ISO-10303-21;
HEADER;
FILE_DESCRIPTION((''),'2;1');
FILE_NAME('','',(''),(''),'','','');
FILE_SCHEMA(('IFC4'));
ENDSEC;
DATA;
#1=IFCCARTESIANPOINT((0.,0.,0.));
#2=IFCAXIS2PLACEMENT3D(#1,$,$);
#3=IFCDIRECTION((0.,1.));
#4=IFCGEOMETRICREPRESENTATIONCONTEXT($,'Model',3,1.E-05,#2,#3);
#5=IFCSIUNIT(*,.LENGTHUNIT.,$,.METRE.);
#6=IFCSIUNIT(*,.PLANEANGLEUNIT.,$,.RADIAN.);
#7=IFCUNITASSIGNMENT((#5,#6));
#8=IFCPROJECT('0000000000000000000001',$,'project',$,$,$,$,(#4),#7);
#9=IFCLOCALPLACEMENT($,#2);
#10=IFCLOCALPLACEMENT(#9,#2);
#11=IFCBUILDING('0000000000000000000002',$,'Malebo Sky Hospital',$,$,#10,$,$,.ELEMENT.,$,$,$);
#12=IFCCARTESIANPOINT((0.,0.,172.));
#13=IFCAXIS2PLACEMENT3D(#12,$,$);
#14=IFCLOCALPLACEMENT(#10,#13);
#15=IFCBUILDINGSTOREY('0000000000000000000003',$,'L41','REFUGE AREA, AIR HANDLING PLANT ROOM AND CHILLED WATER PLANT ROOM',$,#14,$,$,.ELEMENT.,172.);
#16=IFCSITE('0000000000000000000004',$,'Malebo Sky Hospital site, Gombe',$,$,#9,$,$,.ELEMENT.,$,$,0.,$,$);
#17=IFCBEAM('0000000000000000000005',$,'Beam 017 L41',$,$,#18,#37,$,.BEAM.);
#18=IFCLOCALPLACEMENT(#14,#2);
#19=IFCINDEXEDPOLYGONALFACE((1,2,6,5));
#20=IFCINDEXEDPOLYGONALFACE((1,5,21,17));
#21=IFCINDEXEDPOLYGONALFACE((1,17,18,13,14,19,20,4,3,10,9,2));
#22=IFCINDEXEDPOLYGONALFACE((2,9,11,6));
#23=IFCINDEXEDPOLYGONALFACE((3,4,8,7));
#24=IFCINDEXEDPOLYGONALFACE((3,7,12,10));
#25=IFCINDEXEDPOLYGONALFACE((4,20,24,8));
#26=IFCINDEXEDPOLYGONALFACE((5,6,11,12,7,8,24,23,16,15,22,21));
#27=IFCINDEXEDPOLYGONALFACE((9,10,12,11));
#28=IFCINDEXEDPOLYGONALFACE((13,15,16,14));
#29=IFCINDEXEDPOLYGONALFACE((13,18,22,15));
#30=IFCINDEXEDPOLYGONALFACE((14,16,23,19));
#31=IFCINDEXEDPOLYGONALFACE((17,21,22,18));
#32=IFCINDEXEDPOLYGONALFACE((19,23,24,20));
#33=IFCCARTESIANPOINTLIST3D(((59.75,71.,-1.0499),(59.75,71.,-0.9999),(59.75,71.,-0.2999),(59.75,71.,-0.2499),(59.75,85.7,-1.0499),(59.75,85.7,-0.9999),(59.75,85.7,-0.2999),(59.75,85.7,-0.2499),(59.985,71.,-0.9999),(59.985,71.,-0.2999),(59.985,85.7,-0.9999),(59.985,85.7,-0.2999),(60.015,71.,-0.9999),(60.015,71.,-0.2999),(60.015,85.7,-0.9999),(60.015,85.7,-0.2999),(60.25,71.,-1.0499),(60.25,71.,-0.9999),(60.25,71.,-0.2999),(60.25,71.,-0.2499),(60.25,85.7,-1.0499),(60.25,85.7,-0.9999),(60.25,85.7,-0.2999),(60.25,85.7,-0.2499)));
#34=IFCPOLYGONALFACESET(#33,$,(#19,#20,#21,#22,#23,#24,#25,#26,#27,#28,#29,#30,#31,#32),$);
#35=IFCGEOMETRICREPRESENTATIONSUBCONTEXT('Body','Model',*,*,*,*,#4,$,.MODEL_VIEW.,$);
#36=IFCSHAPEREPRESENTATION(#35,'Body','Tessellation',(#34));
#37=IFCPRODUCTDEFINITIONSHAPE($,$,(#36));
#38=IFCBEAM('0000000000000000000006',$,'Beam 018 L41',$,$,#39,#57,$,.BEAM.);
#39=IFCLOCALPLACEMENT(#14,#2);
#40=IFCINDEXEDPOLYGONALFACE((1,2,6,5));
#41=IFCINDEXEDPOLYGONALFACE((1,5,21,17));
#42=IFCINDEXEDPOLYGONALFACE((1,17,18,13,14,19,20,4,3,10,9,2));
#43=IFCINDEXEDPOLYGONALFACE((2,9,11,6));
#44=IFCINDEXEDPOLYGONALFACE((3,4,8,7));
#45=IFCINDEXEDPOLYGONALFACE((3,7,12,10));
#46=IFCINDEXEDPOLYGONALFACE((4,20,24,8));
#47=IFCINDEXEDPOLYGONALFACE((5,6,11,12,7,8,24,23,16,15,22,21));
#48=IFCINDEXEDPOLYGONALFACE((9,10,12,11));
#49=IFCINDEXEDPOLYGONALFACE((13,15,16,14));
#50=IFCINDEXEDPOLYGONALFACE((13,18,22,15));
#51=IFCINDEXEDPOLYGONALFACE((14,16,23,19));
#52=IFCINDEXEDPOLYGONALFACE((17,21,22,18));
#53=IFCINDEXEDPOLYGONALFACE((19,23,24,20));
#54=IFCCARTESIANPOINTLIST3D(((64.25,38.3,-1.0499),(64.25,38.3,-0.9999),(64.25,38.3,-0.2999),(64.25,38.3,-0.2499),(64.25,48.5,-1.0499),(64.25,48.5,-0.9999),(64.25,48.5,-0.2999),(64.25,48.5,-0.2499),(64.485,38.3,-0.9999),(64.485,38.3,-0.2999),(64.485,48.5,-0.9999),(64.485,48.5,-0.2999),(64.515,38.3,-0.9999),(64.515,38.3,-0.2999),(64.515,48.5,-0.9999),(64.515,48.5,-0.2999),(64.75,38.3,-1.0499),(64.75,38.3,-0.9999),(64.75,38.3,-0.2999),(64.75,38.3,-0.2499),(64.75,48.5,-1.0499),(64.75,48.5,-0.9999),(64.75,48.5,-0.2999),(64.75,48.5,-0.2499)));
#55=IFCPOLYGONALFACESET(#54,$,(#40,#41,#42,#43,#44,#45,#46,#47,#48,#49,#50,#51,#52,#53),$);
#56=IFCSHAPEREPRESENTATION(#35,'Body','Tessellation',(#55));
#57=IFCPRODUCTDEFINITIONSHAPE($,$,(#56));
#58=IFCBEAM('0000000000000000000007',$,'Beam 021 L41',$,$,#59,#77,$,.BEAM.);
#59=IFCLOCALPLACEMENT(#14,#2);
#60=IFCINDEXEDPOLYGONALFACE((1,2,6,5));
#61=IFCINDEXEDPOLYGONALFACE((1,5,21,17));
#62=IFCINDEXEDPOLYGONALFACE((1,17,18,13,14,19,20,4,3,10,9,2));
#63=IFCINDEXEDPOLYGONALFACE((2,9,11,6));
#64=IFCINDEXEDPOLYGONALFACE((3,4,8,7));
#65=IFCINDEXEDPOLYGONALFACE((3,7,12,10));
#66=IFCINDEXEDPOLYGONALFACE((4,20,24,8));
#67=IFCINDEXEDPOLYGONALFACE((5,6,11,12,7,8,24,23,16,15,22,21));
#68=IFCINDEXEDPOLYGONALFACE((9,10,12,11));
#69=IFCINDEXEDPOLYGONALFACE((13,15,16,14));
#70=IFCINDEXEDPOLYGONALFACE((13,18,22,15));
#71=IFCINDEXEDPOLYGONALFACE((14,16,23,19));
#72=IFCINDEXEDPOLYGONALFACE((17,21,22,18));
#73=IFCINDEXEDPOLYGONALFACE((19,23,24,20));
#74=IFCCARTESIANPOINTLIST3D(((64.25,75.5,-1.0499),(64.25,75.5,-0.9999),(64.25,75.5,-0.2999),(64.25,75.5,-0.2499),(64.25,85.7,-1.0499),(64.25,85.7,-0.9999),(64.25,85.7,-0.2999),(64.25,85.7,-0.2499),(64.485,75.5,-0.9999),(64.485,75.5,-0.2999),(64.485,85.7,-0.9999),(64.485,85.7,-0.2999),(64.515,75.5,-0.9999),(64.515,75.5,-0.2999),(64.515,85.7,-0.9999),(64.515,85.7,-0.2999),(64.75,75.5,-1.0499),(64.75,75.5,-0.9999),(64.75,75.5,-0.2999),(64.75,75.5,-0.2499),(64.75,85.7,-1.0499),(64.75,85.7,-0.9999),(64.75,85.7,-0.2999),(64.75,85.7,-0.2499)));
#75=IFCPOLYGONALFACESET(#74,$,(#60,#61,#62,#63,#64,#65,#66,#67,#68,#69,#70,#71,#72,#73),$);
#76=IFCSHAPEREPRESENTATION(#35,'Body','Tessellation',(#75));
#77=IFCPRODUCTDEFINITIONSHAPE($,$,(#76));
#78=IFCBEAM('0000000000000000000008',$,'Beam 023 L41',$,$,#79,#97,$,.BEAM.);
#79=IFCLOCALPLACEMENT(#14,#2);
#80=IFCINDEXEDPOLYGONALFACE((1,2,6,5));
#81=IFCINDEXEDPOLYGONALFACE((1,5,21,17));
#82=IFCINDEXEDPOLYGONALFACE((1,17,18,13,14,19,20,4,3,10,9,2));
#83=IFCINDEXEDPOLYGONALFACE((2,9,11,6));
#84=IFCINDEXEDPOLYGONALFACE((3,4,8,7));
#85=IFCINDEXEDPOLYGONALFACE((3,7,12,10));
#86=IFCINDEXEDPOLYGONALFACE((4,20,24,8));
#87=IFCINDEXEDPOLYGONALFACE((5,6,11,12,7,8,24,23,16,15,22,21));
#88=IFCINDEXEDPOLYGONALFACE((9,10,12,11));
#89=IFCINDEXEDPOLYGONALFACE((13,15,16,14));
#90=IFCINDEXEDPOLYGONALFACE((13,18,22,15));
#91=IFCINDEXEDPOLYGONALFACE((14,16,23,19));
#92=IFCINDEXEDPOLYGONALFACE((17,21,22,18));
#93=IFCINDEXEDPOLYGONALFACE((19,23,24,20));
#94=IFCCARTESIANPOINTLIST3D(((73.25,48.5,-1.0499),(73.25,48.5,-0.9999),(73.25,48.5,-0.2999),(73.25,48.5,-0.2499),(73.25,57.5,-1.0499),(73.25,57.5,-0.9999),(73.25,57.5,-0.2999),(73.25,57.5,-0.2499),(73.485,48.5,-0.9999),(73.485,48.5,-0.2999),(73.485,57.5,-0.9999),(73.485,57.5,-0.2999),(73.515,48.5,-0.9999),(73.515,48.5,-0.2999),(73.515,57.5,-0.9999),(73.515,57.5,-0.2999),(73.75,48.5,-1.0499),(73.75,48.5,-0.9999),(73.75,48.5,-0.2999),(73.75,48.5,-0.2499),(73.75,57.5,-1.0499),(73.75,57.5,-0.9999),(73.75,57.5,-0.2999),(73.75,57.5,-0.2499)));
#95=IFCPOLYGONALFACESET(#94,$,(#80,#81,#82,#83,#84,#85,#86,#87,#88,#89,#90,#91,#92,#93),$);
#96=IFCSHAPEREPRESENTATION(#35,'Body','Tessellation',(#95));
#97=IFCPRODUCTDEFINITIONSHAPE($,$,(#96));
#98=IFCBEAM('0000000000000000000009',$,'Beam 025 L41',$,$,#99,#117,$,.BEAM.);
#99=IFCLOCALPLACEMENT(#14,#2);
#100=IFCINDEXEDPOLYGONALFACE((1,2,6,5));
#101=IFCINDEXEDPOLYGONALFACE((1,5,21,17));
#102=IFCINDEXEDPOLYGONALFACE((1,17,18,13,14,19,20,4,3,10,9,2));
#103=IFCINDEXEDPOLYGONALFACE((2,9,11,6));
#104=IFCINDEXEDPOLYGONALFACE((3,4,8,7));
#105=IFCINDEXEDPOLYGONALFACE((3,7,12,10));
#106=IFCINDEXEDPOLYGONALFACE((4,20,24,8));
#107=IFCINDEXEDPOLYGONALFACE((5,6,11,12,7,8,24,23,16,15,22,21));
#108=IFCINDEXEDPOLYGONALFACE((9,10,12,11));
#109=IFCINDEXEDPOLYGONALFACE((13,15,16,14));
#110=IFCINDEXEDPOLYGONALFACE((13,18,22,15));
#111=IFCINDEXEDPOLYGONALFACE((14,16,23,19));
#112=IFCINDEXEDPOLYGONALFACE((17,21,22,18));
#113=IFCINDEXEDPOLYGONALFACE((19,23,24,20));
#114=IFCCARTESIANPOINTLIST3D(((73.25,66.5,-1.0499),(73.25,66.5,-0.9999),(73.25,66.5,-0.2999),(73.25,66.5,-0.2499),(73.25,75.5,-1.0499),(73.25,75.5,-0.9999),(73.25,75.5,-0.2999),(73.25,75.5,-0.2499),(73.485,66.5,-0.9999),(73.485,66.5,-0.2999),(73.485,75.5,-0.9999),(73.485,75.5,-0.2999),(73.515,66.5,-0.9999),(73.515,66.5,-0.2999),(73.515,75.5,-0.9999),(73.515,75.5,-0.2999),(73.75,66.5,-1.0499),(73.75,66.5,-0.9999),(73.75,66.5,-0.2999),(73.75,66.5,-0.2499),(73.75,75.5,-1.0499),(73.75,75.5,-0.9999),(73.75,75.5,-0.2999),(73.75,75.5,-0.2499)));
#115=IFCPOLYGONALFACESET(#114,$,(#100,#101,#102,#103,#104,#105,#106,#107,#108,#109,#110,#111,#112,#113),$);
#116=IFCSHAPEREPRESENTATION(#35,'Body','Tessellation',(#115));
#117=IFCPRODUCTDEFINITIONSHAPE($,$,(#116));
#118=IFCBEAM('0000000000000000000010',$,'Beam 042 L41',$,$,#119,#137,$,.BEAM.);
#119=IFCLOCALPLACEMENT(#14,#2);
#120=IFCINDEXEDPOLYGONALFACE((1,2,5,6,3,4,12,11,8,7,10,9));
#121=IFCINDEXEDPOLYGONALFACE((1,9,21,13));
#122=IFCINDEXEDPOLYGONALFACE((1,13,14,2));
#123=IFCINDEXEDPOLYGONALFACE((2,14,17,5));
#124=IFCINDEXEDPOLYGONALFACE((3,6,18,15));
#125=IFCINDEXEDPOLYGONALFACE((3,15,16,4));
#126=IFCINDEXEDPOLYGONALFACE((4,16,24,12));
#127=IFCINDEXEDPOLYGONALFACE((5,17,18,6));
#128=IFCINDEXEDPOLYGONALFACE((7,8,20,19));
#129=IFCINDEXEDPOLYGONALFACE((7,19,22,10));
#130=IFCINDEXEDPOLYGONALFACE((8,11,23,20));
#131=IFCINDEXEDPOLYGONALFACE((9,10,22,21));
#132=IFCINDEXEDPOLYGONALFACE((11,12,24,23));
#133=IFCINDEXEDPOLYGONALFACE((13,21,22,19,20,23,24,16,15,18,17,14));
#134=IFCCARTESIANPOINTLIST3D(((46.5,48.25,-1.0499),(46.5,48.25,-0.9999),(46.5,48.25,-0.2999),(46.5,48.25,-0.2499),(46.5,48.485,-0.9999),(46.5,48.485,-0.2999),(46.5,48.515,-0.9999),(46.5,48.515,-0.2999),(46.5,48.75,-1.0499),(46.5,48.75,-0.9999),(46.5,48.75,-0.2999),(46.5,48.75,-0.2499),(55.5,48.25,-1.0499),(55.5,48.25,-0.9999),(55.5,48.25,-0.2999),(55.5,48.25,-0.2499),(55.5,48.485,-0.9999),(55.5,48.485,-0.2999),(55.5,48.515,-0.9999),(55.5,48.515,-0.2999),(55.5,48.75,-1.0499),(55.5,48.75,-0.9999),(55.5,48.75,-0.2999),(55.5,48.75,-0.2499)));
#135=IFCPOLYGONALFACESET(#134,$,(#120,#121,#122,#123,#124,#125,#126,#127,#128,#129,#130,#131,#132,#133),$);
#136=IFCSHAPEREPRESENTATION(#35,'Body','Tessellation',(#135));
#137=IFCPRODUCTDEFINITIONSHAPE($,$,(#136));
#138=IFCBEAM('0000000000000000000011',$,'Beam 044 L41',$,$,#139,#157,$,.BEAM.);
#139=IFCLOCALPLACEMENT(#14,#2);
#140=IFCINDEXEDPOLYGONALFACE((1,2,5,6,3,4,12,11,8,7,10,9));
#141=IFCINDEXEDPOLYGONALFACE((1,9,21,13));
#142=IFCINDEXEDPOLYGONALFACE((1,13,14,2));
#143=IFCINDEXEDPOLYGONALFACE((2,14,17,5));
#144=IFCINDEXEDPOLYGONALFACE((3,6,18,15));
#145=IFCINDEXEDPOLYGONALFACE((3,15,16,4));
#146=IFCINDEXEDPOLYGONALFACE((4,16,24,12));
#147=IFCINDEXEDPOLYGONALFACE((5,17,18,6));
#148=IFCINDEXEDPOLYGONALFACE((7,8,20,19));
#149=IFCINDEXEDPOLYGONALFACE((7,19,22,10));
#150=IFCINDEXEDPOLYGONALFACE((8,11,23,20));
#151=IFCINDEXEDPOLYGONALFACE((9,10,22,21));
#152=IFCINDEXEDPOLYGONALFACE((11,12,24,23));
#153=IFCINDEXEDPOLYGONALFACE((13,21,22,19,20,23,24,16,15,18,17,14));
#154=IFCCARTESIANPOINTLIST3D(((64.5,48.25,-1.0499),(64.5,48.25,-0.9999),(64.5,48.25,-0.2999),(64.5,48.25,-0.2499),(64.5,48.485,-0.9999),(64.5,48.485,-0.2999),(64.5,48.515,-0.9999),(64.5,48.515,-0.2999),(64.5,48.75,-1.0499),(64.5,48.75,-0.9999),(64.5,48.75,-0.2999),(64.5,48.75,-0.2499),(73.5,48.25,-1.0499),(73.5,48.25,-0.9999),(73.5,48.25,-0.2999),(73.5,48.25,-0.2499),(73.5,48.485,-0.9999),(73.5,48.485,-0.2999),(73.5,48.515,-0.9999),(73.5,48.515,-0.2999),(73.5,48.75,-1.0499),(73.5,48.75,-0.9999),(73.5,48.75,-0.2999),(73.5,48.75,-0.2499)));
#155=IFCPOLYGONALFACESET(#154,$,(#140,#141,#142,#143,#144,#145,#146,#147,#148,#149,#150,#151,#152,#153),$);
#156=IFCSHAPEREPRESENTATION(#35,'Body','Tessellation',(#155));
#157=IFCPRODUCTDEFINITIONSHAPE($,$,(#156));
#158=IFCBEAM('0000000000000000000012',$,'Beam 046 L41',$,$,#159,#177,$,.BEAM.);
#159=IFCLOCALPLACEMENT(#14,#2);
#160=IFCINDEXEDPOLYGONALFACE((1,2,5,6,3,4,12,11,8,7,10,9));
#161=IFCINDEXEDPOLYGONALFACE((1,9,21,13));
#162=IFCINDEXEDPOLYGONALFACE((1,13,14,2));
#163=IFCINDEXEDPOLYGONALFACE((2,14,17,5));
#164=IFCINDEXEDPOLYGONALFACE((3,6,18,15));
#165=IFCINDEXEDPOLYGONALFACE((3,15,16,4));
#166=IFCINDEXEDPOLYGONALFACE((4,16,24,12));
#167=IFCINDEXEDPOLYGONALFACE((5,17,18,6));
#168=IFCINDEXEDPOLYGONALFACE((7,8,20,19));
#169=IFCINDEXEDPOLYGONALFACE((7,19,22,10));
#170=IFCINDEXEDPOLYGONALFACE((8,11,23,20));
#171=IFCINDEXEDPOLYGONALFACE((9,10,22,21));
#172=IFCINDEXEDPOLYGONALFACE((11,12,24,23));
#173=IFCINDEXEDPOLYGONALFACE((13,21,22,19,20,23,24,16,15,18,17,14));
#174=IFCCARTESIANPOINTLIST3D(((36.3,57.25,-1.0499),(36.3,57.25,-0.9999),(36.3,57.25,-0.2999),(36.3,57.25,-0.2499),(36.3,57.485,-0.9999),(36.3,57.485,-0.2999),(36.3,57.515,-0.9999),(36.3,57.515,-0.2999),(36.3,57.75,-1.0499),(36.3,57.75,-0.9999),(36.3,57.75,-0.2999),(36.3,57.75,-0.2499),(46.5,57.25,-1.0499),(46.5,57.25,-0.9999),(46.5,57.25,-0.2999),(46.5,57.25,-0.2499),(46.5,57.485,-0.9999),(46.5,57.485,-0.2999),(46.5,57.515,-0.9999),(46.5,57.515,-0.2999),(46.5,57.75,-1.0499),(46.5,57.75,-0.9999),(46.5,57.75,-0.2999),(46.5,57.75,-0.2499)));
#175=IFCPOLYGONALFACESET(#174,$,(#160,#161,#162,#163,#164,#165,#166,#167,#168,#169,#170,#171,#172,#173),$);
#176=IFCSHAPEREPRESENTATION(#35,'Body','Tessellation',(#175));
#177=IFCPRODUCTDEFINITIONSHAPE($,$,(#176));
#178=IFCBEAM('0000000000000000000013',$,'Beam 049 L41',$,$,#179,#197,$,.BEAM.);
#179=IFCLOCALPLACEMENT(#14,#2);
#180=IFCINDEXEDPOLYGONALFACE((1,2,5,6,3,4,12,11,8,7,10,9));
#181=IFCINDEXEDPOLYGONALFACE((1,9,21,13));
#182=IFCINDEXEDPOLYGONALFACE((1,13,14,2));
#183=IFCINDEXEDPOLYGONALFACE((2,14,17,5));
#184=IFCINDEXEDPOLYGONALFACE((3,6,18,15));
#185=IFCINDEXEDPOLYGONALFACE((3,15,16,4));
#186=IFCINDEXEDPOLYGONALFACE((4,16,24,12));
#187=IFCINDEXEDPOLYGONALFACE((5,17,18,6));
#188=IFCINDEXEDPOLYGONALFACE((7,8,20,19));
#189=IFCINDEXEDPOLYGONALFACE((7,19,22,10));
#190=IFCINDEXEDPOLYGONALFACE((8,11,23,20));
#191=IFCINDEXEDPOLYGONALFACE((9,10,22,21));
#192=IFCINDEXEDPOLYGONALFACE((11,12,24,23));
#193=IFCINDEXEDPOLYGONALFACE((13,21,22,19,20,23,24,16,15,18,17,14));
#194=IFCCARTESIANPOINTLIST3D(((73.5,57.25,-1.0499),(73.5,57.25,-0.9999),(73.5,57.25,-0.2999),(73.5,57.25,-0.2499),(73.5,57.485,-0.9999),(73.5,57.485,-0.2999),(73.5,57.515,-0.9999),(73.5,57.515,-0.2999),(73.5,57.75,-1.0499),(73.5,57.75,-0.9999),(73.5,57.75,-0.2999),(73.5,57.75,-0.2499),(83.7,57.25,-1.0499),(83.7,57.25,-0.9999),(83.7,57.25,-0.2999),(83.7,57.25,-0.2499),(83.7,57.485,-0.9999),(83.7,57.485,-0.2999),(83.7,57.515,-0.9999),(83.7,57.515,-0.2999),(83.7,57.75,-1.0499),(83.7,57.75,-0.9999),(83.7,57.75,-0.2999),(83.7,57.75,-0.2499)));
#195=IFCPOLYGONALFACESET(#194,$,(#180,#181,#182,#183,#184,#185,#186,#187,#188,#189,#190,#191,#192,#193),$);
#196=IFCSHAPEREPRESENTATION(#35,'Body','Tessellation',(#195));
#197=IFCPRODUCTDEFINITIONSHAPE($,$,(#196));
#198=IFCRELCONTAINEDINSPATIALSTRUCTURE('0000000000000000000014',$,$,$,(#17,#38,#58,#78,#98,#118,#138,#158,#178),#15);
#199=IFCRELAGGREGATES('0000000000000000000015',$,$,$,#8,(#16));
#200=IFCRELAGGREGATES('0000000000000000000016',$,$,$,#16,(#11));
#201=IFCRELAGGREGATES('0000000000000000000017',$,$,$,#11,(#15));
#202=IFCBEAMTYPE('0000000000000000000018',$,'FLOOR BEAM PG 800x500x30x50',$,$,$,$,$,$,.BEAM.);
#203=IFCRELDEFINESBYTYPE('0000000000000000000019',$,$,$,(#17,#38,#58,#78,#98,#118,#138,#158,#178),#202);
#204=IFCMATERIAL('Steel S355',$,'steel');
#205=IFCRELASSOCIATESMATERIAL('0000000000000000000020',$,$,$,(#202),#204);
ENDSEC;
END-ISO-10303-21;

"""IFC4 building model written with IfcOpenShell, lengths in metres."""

from ifc_helpers import new_model, si_unit, direction, frame, origin, origin_2d, place, context, subcontext, project, spatial, i_section, extrude, material, material_profile, profile_set, type_object, element, save


model = new_model("IFC4")

# Units and contexts
model_context = context("Model", 3, precision=1e-05, world=origin(), true_north=direction((0.0, 1.0)))
body_context = subcontext(model_context, "Body", "Model", "MODEL_VIEW")
ifc_project = project(units=[si_unit("LENGTHUNIT", "METRE"), si_unit("PLANEANGLEUNIT", "RADIAN")], contexts=[model_context])

# Site, building, storey
site_placement = place(None, origin())
site = spatial("IfcSite", under=ifc_project, at=site_placement, Name="Malebo Sky Hospital site, Gombe", CompositionType="ELEMENT", RefElevation=0.0)
building_placement = place(site_placement, origin())
building = spatial("IfcBuilding", under=site, at=building_placement, Name="Malebo Sky Hospital", CompositionType="ELEMENT")
storey_placement = place(building_placement, frame((0.0, 0.0, 172.0)))
storey = spatial("IfcBuildingStorey", under=building, at=storey_placement, Name="L41", Description="REFUGE AREA, AIR HANDLING PLANT ROOM AND CHILLED WATER PLANT ROOM", CompositionType="ELEMENT", Elevation=172.0)

# Beams
ifc_material = material(Name="Steel S355", Category="steel")
ifc_material_profile_1 = material_profile(ifc_material, i_section(OverallWidth=0.5, OverallDepth=0.8, WebThickness=0.03, FlangeThickness=0.05, at=origin_2d()), Name="PG 800x500x30x50")
ifc_profile_set_1 = profile_set([ifc_material_profile_1], Name="Steel S355")
beam_type_1 = type_object("IfcBeamType", Name="FLOOR BEAM PG 800x500x30x50", PredefinedType="BEAM", material=ifc_profile_set_1)
for number, where, z_axis, x_axis, name in (
    (1, (60.0, 71.0, -0.6499), (0.0, 1.0, 0.0), (-1.0, 0.0, 0.0), "Beam 017 L41"),
):
    element("IfcBeam", number, at=place(storey_placement, frame(where, z_axis=z_axis, x_axis=x_axis)), inside=storey, type_object=beam_type_1, Name=name, PredefinedType="BEAM", context=body_context, shape_type="SweptSolid", body=[
        extrude(i_section(OverallWidth=0.5, OverallDepth=0.8, WebThickness=0.03, FlangeThickness=0.05, at=origin_2d()), origin(), (0.0, 0.0, 1.0), 14.7),
    ])
for number, where, z_axis, x_axis, name in (
    (2, (64.5, 38.3, -0.6499), (0.0, 1.0, 0.0), (-1.0, 0.0, 0.0), "Beam 018 L41"),
    (3, (64.5, 75.5, -0.6499), (0.0, 1.0, 0.0), (-1.0, 0.0, 0.0), "Beam 021 L41"),
):
    element("IfcBeam", number, at=place(storey_placement, frame(where, z_axis=z_axis, x_axis=x_axis)), inside=storey, type_object=beam_type_1, Name=name, PredefinedType="BEAM", context=body_context, shape_type="SweptSolid", body=[
        extrude(i_section(OverallWidth=0.5, OverallDepth=0.8, WebThickness=0.03, FlangeThickness=0.05, at=origin_2d()), origin(), (0.0, 0.0, 1.0), 10.2),
    ])
for number, where, z_axis, x_axis, name in (
    (4, (73.5, 48.5, -0.6499), (0.0, 1.0, 0.0), (-1.0, 0.0, 0.0), "Beam 023 L41"),
    (5, (73.5, 66.5, -0.6499), (0.0, 1.0, 0.0), (-1.0, 0.0, 0.0), "Beam 025 L41"),
    (6, (46.5, 48.5, -0.6499), (1.0, 0.0, 0.0), (0.0, 1.0, 0.0), "Beam 042 L41"),
    (7, (64.5, 48.5, -0.6499), (1.0, 0.0, 0.0), (0.0, 1.0, 0.0), "Beam 044 L41"),
):
    element("IfcBeam", number, at=place(storey_placement, frame(where, z_axis=z_axis, x_axis=x_axis)), inside=storey, type_object=beam_type_1, Name=name, PredefinedType="BEAM", context=body_context, shape_type="SweptSolid", body=[
        extrude(i_section(OverallWidth=0.5, OverallDepth=0.8, WebThickness=0.03, FlangeThickness=0.05, at=origin_2d()), origin(), (0.0, 0.0, 1.0), 9.0),
    ])
for number, where, z_axis, x_axis, name in (
    (8, (36.3, 57.5, -0.6499), (1.0, 0.0, 0.0), (0.0, 1.0, 0.0), "Beam 046 L41"),
    (9, (73.5, 57.5, -0.6499), (1.0, 0.0, 0.0), (0.0, 1.0, 0.0), "Beam 049 L41"),
):
    element("IfcBeam", number, at=place(storey_placement, frame(where, z_axis=z_axis, x_axis=x_axis)), inside=storey, type_object=beam_type_1, Name=name, PredefinedType="BEAM", context=body_context, shape_type="SweptSolid", body=[
        extrude(i_section(OverallWidth=0.5, OverallDepth=0.8, WebThickness=0.03, FlangeThickness=0.05, at=origin_2d()), origin(), (0.0, 0.0, 1.0), 10.2),
    ])

save(model, "model.ifc")
